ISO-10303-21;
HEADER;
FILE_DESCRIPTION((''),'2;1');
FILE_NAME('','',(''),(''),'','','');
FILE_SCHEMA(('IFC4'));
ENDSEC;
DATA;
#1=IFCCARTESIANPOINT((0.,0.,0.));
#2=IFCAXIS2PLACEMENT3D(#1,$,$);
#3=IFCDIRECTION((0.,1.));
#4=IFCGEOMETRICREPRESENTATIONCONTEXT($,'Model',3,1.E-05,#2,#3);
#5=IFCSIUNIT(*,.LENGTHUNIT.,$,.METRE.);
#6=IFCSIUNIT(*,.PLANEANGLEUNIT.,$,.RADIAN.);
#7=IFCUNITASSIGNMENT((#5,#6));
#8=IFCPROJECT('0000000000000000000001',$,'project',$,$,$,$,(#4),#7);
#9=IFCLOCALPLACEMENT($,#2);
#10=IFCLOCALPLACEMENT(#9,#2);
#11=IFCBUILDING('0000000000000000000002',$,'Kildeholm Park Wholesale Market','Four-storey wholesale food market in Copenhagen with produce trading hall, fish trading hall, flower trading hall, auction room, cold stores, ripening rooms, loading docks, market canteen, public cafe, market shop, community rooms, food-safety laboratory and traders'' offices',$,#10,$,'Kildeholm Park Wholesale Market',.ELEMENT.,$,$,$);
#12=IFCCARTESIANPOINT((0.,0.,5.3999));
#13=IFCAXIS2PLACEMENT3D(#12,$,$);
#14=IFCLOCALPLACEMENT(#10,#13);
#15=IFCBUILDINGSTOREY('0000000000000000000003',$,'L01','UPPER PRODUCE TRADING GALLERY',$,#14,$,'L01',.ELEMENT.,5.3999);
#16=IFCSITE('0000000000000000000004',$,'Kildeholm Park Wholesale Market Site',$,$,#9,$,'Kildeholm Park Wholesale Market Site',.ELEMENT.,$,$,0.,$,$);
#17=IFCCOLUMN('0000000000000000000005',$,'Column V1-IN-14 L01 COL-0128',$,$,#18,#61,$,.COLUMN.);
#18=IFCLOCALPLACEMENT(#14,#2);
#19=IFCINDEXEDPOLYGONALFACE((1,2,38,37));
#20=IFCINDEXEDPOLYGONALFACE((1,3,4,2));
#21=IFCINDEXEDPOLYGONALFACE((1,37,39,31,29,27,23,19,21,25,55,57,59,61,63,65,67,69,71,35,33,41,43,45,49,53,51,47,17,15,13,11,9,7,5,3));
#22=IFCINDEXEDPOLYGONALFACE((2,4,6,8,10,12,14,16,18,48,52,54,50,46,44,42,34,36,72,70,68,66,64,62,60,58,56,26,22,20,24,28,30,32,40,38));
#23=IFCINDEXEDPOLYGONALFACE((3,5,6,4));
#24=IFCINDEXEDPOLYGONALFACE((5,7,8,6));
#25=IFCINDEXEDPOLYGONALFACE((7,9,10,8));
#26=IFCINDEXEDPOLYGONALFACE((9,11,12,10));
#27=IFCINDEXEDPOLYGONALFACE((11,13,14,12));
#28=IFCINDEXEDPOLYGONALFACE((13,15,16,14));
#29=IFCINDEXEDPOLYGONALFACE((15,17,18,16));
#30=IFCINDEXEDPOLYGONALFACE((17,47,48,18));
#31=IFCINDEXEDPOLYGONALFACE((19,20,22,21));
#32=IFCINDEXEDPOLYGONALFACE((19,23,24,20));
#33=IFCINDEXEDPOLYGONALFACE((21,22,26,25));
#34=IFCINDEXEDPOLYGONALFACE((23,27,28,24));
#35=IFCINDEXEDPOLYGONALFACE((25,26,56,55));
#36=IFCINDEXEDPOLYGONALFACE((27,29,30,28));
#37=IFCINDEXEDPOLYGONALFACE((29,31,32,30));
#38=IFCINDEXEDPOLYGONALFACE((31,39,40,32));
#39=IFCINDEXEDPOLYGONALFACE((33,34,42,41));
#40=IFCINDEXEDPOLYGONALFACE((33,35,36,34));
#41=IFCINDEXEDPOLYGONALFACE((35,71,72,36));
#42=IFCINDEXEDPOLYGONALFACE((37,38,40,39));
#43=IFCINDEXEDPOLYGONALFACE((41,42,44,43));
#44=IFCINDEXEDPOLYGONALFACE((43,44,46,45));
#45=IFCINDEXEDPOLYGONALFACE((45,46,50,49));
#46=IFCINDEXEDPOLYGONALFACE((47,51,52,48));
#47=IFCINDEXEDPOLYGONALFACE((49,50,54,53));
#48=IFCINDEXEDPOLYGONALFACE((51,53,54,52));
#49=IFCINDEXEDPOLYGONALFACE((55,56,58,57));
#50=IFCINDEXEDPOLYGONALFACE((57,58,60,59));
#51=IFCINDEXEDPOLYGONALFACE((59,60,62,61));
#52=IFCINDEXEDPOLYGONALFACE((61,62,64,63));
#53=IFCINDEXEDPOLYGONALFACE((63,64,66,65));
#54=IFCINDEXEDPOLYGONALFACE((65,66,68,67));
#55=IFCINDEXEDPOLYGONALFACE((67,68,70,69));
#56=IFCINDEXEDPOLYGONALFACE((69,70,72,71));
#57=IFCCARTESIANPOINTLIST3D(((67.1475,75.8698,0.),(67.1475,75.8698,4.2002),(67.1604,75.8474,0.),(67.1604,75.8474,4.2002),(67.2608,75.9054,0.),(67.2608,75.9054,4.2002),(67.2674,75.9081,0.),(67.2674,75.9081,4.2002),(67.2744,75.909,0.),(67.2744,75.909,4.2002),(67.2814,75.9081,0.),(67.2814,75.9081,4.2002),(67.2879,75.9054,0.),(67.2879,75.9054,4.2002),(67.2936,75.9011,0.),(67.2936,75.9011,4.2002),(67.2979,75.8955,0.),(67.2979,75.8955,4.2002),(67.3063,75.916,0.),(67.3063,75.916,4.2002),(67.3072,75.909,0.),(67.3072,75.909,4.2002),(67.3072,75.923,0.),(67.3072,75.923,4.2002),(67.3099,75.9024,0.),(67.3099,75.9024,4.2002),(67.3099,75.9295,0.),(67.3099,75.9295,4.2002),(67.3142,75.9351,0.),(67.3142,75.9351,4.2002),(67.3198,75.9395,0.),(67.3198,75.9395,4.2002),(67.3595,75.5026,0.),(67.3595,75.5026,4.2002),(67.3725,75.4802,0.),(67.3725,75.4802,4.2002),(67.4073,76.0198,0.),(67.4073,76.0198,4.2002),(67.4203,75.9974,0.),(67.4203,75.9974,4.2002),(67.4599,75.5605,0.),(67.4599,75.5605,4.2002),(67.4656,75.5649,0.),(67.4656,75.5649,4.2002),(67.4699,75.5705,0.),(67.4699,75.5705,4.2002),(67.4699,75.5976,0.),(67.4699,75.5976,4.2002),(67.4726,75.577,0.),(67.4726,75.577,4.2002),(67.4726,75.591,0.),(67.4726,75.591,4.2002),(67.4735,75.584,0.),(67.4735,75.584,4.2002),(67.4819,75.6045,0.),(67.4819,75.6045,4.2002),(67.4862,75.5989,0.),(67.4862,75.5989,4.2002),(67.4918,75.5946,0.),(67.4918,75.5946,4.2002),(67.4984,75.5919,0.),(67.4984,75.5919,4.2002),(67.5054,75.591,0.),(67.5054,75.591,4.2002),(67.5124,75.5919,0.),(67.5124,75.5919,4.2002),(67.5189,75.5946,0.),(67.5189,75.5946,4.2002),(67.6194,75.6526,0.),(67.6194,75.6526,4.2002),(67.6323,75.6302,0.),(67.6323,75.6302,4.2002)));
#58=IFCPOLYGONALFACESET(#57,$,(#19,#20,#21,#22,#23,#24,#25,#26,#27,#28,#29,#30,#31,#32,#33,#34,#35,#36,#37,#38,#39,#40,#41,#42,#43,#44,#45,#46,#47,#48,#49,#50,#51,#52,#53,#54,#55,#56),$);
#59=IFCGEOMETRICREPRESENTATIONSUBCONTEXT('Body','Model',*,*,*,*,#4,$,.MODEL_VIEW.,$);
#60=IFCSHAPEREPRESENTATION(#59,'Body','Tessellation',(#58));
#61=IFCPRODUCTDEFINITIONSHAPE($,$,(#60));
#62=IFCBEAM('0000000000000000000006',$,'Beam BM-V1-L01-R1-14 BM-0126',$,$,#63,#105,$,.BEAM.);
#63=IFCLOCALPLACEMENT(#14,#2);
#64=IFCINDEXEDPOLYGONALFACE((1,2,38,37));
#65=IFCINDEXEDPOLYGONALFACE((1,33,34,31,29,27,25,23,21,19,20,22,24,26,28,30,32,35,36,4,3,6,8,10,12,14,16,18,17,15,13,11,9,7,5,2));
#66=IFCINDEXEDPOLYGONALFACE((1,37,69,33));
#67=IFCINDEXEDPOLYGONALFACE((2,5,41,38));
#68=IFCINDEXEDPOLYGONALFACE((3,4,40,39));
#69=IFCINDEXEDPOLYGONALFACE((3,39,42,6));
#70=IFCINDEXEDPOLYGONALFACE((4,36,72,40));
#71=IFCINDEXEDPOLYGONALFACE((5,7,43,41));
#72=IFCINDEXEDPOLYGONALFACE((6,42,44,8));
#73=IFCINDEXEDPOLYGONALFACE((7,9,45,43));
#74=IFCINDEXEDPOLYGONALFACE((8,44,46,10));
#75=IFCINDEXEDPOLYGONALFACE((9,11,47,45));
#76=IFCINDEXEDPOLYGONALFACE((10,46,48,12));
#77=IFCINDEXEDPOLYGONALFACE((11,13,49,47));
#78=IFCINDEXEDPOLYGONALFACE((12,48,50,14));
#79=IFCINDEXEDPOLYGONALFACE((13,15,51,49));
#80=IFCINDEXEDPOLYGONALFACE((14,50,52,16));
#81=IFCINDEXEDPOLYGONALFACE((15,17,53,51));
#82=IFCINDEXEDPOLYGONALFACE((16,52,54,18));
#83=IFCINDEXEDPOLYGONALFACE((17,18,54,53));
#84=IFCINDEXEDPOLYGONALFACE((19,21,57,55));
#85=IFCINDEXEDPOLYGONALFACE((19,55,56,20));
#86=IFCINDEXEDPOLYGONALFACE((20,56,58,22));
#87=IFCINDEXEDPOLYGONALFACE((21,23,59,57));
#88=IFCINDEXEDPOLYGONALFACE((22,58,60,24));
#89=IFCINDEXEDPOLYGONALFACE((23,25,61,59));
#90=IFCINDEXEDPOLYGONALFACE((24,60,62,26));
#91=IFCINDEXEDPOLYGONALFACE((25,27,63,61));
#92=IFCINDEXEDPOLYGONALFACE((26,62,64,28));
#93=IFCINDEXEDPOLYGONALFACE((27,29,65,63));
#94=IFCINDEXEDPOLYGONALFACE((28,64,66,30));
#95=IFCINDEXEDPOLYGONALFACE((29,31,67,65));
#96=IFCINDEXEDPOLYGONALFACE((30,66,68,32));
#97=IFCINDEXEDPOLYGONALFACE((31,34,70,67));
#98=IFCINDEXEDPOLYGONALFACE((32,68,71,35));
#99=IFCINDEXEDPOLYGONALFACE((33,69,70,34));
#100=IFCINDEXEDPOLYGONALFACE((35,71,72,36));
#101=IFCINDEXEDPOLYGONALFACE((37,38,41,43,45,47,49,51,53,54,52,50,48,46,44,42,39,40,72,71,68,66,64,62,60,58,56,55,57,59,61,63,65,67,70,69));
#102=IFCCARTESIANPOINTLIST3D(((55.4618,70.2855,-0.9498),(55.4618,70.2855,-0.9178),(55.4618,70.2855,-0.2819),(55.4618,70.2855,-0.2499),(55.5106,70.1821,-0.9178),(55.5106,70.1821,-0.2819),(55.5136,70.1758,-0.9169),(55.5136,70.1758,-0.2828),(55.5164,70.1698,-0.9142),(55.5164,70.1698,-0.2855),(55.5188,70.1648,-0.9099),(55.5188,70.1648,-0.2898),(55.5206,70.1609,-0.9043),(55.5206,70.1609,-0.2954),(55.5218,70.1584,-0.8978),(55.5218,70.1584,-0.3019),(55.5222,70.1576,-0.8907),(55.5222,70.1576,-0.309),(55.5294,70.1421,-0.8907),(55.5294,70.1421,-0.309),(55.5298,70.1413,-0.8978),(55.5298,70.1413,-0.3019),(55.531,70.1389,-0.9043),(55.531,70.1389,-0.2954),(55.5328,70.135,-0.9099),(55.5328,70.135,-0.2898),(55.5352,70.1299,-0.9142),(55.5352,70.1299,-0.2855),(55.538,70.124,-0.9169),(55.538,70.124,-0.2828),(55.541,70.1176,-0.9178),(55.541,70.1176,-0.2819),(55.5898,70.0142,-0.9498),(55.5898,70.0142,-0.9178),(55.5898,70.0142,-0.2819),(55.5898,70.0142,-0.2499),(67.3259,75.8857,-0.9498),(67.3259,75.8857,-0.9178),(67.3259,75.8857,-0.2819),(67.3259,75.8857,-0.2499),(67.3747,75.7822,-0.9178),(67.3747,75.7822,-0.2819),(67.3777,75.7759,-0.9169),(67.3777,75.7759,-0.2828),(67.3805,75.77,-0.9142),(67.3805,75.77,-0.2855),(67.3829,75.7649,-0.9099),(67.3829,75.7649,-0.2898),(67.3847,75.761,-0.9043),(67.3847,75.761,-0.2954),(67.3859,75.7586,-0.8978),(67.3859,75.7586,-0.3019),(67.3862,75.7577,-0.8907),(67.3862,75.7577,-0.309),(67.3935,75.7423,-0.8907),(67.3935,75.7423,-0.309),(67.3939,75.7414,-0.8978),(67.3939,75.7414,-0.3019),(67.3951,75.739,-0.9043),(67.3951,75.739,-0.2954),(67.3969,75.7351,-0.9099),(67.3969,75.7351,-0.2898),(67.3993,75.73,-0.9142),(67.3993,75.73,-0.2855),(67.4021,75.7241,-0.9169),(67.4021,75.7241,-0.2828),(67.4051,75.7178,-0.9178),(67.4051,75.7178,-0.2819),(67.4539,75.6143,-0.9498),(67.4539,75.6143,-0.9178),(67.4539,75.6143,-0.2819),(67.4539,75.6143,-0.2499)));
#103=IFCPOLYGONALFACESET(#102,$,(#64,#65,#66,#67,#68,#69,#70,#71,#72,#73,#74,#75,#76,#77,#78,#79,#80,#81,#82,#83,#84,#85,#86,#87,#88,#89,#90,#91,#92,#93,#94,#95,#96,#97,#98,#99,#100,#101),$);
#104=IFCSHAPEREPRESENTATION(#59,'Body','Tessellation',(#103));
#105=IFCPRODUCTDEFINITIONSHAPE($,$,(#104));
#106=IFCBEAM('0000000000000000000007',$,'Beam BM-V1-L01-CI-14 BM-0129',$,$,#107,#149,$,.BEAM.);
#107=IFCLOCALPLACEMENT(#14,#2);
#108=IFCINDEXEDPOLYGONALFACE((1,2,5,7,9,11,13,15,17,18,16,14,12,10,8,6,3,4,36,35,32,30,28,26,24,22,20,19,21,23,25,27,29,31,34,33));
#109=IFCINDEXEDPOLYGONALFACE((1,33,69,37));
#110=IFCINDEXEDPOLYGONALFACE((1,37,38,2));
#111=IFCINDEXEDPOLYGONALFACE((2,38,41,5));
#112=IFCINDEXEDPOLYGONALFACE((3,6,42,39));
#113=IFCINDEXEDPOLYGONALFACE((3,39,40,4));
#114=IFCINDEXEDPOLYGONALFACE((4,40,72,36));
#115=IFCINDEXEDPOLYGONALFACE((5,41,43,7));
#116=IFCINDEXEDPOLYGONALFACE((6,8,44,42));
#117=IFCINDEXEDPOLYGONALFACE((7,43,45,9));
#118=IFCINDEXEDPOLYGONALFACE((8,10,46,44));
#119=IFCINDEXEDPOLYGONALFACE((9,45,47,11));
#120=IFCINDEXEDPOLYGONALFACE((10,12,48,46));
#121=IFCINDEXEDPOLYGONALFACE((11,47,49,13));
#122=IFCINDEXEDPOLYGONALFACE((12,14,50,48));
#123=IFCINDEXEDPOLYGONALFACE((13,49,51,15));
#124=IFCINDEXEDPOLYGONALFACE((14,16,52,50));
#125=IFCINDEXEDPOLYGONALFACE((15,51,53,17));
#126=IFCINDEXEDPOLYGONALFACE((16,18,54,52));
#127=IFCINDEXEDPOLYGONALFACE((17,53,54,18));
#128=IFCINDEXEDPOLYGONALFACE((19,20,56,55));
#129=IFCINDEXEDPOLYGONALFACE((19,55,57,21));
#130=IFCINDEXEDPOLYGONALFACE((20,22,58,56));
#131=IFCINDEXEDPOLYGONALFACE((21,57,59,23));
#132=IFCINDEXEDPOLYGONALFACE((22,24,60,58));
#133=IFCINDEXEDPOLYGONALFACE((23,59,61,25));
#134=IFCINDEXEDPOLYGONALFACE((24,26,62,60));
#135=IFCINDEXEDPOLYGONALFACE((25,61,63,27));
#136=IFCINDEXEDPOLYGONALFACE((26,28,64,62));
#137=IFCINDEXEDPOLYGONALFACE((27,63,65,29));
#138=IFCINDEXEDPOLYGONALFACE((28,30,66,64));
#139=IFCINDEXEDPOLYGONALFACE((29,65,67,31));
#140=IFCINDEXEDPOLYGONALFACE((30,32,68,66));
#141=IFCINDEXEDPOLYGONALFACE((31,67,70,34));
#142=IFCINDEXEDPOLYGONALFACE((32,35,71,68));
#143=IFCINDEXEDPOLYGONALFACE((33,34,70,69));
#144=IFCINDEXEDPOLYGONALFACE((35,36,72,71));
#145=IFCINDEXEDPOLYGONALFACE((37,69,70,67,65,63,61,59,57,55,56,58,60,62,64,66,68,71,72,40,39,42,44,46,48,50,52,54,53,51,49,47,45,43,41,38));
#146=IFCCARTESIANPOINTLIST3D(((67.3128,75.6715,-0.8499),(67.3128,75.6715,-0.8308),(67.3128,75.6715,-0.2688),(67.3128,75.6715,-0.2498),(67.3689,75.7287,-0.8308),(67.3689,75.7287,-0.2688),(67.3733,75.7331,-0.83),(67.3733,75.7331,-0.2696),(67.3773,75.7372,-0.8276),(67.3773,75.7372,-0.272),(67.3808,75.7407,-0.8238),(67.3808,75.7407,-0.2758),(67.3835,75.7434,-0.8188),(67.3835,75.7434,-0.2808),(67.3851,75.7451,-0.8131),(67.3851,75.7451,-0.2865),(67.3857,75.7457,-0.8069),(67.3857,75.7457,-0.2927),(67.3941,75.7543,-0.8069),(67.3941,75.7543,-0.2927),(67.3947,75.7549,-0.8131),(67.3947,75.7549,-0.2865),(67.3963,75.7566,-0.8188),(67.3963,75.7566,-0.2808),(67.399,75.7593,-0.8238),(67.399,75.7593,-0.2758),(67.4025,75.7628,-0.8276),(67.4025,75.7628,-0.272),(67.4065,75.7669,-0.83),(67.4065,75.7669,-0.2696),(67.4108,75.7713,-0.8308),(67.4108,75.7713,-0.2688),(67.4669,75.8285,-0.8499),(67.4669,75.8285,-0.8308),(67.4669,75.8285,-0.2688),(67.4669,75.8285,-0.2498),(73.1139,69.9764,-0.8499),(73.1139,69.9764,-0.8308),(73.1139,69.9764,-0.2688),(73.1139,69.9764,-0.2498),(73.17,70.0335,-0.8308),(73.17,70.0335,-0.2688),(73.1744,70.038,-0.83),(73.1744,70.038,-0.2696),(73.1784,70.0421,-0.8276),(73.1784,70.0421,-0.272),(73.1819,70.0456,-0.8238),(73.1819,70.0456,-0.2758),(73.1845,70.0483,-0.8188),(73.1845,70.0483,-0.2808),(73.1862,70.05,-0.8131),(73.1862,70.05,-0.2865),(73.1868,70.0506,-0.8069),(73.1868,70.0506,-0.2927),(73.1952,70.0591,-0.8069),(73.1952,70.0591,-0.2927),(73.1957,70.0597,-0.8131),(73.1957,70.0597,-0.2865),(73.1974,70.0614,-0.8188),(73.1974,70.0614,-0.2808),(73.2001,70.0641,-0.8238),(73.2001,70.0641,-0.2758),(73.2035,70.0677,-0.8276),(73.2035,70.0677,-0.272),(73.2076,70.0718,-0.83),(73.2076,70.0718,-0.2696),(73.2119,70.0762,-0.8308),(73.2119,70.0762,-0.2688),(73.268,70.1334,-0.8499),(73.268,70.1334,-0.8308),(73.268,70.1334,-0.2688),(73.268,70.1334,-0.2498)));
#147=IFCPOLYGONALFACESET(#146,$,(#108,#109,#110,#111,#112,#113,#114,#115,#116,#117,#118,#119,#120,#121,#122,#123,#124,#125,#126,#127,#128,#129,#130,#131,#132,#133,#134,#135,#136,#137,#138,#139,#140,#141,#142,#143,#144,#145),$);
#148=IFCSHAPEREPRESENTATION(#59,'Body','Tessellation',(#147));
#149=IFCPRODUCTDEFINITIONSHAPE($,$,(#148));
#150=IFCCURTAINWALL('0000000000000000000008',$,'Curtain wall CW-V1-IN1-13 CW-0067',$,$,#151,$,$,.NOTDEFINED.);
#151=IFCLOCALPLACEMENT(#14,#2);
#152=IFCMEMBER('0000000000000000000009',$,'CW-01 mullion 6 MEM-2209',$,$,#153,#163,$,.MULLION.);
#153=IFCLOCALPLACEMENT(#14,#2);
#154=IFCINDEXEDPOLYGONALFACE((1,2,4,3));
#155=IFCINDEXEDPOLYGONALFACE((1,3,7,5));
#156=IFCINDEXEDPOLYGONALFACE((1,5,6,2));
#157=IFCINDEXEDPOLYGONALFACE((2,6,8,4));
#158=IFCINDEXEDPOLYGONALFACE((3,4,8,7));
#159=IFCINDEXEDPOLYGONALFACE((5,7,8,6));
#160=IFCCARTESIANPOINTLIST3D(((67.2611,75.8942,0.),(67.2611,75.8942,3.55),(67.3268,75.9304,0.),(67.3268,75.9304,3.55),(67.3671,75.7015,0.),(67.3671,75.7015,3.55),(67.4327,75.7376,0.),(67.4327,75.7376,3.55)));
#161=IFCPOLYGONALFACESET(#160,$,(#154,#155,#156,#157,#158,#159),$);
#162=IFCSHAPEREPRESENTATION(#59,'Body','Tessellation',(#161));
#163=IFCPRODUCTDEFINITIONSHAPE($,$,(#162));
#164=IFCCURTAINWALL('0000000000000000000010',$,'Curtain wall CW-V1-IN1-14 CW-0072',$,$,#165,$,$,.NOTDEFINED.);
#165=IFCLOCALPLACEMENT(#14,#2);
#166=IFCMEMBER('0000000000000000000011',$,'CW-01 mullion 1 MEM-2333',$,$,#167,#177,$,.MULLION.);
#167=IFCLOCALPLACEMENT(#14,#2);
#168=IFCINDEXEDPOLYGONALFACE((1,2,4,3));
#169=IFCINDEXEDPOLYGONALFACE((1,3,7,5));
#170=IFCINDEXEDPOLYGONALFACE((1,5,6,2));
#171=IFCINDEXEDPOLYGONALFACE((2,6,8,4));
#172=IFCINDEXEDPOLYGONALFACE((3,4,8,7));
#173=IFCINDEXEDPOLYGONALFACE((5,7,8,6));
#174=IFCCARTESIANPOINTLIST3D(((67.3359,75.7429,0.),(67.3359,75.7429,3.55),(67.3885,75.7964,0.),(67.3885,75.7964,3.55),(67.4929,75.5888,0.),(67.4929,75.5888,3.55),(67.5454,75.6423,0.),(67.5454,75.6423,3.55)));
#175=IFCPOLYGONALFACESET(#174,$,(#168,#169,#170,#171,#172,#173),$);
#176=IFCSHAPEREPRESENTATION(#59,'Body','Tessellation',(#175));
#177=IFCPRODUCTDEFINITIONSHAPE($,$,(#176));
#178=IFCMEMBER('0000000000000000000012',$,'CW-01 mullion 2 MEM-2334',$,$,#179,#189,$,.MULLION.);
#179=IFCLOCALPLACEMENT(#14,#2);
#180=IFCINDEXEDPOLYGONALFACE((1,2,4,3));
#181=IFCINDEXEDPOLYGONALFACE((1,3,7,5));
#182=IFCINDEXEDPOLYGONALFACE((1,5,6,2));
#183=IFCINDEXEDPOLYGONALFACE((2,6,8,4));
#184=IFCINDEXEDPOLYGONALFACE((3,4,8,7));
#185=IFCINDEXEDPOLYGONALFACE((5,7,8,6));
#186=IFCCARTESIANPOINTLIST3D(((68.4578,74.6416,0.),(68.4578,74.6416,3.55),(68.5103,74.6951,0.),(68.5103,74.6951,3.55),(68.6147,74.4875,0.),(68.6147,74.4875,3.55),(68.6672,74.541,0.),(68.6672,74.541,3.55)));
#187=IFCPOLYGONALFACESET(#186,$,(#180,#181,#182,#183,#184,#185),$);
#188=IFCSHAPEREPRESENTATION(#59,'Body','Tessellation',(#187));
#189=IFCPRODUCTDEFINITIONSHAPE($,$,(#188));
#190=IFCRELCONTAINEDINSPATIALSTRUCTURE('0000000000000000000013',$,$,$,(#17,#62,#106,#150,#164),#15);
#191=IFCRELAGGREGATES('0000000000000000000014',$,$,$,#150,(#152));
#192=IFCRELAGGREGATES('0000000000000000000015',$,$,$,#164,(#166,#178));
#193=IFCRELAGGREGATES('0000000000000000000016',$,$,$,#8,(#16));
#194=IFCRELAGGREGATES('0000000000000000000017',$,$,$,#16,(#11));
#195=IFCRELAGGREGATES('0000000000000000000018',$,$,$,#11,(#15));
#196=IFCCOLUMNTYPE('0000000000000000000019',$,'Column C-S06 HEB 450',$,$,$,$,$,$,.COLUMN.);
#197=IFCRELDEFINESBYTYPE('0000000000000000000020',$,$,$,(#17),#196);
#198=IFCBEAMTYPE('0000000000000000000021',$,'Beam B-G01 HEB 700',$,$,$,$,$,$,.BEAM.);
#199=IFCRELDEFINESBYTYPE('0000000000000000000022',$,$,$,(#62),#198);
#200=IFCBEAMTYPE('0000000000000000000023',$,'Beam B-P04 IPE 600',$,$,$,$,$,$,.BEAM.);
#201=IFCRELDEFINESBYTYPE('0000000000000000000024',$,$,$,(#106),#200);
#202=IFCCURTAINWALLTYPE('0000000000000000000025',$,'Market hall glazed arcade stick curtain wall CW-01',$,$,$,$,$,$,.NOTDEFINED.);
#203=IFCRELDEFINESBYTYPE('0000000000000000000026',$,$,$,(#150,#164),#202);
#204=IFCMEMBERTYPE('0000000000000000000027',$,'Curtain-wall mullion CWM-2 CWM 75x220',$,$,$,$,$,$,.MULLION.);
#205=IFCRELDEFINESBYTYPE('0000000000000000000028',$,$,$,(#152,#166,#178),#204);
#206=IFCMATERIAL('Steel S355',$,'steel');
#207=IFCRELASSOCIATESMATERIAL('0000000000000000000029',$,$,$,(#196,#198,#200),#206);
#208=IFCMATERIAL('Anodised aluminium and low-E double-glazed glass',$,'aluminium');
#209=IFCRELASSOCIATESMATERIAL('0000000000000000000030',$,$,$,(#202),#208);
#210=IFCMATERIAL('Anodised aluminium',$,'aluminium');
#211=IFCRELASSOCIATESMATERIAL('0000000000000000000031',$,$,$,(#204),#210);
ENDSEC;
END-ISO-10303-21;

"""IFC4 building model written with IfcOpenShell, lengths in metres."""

from ifc_helpers import new_model, si_unit, direction, frame, origin, origin_2d, place, context, subcontext, project, spatial, rectangle, i_section, extrude, material, material_profile, profile_set, type_object, element, aggregate, save


model = new_model("IFC4")

# Units and contexts
model_context = context("Model", 3, precision=1e-05, world=origin(), true_north=direction((0.0, 1.0)))
body_context = subcontext(model_context, "Body", "Model", "MODEL_VIEW")
ifc_project = project(units=[si_unit("LENGTHUNIT", "METRE"), si_unit("PLANEANGLEUNIT", "RADIAN")], contexts=[model_context])

# Site, building, storey
site_placement = place(None, origin())
site = spatial("IfcSite", under=ifc_project, at=site_placement, Name="Kildeholm Park Wholesale Market Site", LongName="Kildeholm Park Wholesale Market Site", CompositionType="ELEMENT", RefElevation=0.0)
building_placement = place(site_placement, origin())
building = spatial("IfcBuilding", under=site, at=building_placement, Name="Kildeholm Park Wholesale Market", Description="Four-storey wholesale food market in Copenhagen with produce trading hall, fish trading hall, flower trading hall, auction room, cold stores, ripening rooms, loading docks, market canteen, public cafe, market shop, community rooms, food-safety laboratory and traders' offices", LongName="Kildeholm Park Wholesale Market", CompositionType="ELEMENT")
storey_placement = place(building_placement, frame((0.0, 0.0, 5.3999)))
storey = spatial("IfcBuildingStorey", under=building, at=storey_placement, Name="L01", Description="UPPER PRODUCE TRADING GALLERY", LongName="L01", CompositionType="ELEMENT", Elevation=5.3999)

# Column
ifc_material_1 = material(Name="Steel S355", Category="steel")
ifc_material_profile_1 = material_profile(ifc_material_1, i_section(OverallWidth=0.3, OverallDepth=0.45, WebThickness=0.0139, FlangeThickness=0.0259, FilletRadius=0.0271, at=origin_2d()), Name="HEB 450")
ifc_profile_set_1 = profile_set([ifc_material_profile_1], Name="Steel S355")
column_type = type_object("IfcColumnType", Name="Column C-S06 HEB 450", PredefinedType="COLUMN", material=ifc_profile_set_1)
column_placement = place(storey_placement, frame((67.3899, 75.75, 0.0), z_axis=(0.0, 0.0, 1.0), x_axis=(-0.866025, -0.5, 0.0)))
element("IfcColumn", 1, at=column_placement, inside=storey, type_object=column_type, Name="Column V1-IN-14 L01 COL-0128", PredefinedType="COLUMN", context=body_context, shape_type="SweptSolid", body=[
    extrude(i_section(OverallWidth=0.3, OverallDepth=0.45, WebThickness=0.0139, FlangeThickness=0.0259, FilletRadius=0.0271, at=origin_2d()), origin(), (0.0, 0.0, 1.0), 4.2002),
])

# Beams
ifc_material_profile_2 = material_profile(ifc_material_1, i_section(OverallWidth=0.3, OverallDepth=0.7, WebThickness=0.0171, FlangeThickness=0.032, FilletRadius=0.0271, at=origin_2d()), Name="HEB 700")
ifc_profile_set_2 = profile_set([ifc_material_profile_2], Name="Steel S355")
beam_type_1 = type_object("IfcBeamType", Name="Beam B-G01 HEB 700", PredefinedType="BEAM", material=ifc_profile_set_2)
beam_1_placement = place(storey_placement, frame((67.3899, 75.75, -0.5999), z_axis=(-0.904318, -0.42686, 0.0), x_axis=(0.42686, -0.904318, 0.0)))
element("IfcBeam", 2, at=beam_1_placement, inside=storey, type_object=beam_type_1, Name="Beam BM-V1-L01-R1-14 BM-0126", PredefinedType="BEAM", context=body_context, shape_type="SweptSolid", body=[
    extrude(i_section(OverallWidth=0.3, OverallDepth=0.7, WebThickness=0.0171, FlangeThickness=0.032, FilletRadius=0.0271, at=origin_2d()), origin(), (0.0, 0.0, 1.0), 13.1194),
])
ifc_material_profile_3 = material_profile(ifc_material_1, i_section(OverallWidth=0.22, OverallDepth=0.6001, WebThickness=0.012, FlangeThickness=0.019, FilletRadius=0.0239, at=origin_2d()), Name="IPE 600")
ifc_profile_set_3 = profile_set([ifc_material_profile_3], Name="Steel S355")
beam_type_2 = type_object("IfcBeamType", Name="Beam B-P04 IPE 600", PredefinedType="BEAM", material=ifc_profile_set_3)
beam_2_placement = place(storey_placement, frame((67.3899, 75.75, -0.5498), z_axis=(0.713594, -0.70056, 0.0), x_axis=(0.70056, 0.713594, 0.0)))
element("IfcBeam", 3, at=beam_2_placement, inside=storey, type_object=beam_type_2, Name="Beam BM-V1-L01-CI-14 BM-0129", PredefinedType="BEAM", context=body_context, shape_type="SweptSolid", body=[
    extrude(i_section(OverallWidth=0.22, OverallDepth=0.6001, WebThickness=0.012, FlangeThickness=0.019, FilletRadius=0.0239, at=origin_2d()), origin(), (0.0, 0.0, 1.0), 8.1294),
])

# Curtain wall, member
ifc_material_2 = material(Name="Anodised aluminium and low-E double-glazed glass", Category="aluminium")
curtain_wall_type = type_object("IfcCurtainWallType", Name="Market hall glazed arcade stick curtain wall CW-01", PredefinedType="NOTDEFINED", material=ifc_material_2)
curtain_wall_1_placement = place(storey_placement, origin())
curtain_wall_1 = element("IfcCurtainWall", 4, at=curtain_wall_1_placement, inside=storey, type_object=curtain_wall_type, Name="Curtain wall CW-V1-IN1-13 CW-0067", PredefinedType="NOTDEFINED")
ifc_material_3 = material(Name="Anodised aluminium", Category="aluminium")
ifc_material_profile_4 = material_profile(ifc_material_3, rectangle(XDim=0.075, YDim=0.22, at=origin_2d()), Name="CWM 75x220")
ifc_profile_set_4 = profile_set([ifc_material_profile_4], Name="Anodised aluminium")
member_type_1 = type_object("IfcMemberType", Name="Curtain-wall mullion CWM-2 CWM 75x220", PredefinedType="MULLION", material=ifc_profile_set_4)
member_1_placement = place(storey_placement, frame((67.3469, 75.8159, 0.0), z_axis=(0.0, 0.0, 1.0), x_axis=(0.876309, 0.48175, 0.0)))
member_1 = element("IfcMember", 5, at=member_1_placement, type_object=member_type_1, Name="CW-01 mullion 6 MEM-2209", PredefinedType="MULLION", context=body_context, shape_type="SweptSolid", body=[
    extrude(rectangle(XDim=0.075, YDim=0.22, at=origin_2d()), origin(), (0.0, 0.0, 1.0), 3.55),
])

# Curtain wall, members
curtain_wall_2_placement = place(storey_placement, origin())
curtain_wall_2 = element("IfcCurtainWall", 6, at=curtain_wall_2_placement, inside=storey, type_object=curtain_wall_type, Name="Curtain wall CW-V1-IN1-14 CW-0072", PredefinedType="NOTDEFINED")
member_2_placement = place(storey_placement, frame((67.4407, 75.6926, 0.0), z_axis=(0.0, 0.0, 1.0), x_axis=(0.700617, 0.713538, 0.0)))
member_2 = element("IfcMember", 7, at=member_2_placement, type_object=member_type_1, Name="CW-01 mullion 1 MEM-2333", PredefinedType="MULLION", context=body_context, shape_type="SweptSolid", body=[
    extrude(rectangle(XDim=0.075, YDim=0.22, at=origin_2d()), origin(), (0.0, 0.0, 1.0), 3.55),
])
member_3_placement = place(storey_placement, frame((68.5625, 74.5913, 0.0), z_axis=(0.0, 0.0, 1.0), x_axis=(0.700617, 0.713538, 0.0)))
member_3 = element("IfcMember", 8, at=member_3_placement, type_object=member_type_1, Name="CW-01 mullion 2 MEM-2334", PredefinedType="MULLION", context=body_context, shape_type="SweptSolid", body=[
    extrude(rectangle(XDim=0.075, YDim=0.22, at=origin_2d()), origin(), (0.0, 0.0, 1.0), 3.55),
])

aggregate(curtain_wall_1, [member_1])
aggregate(curtain_wall_2, [member_2, member_3])

save(model, "model.ifc")
